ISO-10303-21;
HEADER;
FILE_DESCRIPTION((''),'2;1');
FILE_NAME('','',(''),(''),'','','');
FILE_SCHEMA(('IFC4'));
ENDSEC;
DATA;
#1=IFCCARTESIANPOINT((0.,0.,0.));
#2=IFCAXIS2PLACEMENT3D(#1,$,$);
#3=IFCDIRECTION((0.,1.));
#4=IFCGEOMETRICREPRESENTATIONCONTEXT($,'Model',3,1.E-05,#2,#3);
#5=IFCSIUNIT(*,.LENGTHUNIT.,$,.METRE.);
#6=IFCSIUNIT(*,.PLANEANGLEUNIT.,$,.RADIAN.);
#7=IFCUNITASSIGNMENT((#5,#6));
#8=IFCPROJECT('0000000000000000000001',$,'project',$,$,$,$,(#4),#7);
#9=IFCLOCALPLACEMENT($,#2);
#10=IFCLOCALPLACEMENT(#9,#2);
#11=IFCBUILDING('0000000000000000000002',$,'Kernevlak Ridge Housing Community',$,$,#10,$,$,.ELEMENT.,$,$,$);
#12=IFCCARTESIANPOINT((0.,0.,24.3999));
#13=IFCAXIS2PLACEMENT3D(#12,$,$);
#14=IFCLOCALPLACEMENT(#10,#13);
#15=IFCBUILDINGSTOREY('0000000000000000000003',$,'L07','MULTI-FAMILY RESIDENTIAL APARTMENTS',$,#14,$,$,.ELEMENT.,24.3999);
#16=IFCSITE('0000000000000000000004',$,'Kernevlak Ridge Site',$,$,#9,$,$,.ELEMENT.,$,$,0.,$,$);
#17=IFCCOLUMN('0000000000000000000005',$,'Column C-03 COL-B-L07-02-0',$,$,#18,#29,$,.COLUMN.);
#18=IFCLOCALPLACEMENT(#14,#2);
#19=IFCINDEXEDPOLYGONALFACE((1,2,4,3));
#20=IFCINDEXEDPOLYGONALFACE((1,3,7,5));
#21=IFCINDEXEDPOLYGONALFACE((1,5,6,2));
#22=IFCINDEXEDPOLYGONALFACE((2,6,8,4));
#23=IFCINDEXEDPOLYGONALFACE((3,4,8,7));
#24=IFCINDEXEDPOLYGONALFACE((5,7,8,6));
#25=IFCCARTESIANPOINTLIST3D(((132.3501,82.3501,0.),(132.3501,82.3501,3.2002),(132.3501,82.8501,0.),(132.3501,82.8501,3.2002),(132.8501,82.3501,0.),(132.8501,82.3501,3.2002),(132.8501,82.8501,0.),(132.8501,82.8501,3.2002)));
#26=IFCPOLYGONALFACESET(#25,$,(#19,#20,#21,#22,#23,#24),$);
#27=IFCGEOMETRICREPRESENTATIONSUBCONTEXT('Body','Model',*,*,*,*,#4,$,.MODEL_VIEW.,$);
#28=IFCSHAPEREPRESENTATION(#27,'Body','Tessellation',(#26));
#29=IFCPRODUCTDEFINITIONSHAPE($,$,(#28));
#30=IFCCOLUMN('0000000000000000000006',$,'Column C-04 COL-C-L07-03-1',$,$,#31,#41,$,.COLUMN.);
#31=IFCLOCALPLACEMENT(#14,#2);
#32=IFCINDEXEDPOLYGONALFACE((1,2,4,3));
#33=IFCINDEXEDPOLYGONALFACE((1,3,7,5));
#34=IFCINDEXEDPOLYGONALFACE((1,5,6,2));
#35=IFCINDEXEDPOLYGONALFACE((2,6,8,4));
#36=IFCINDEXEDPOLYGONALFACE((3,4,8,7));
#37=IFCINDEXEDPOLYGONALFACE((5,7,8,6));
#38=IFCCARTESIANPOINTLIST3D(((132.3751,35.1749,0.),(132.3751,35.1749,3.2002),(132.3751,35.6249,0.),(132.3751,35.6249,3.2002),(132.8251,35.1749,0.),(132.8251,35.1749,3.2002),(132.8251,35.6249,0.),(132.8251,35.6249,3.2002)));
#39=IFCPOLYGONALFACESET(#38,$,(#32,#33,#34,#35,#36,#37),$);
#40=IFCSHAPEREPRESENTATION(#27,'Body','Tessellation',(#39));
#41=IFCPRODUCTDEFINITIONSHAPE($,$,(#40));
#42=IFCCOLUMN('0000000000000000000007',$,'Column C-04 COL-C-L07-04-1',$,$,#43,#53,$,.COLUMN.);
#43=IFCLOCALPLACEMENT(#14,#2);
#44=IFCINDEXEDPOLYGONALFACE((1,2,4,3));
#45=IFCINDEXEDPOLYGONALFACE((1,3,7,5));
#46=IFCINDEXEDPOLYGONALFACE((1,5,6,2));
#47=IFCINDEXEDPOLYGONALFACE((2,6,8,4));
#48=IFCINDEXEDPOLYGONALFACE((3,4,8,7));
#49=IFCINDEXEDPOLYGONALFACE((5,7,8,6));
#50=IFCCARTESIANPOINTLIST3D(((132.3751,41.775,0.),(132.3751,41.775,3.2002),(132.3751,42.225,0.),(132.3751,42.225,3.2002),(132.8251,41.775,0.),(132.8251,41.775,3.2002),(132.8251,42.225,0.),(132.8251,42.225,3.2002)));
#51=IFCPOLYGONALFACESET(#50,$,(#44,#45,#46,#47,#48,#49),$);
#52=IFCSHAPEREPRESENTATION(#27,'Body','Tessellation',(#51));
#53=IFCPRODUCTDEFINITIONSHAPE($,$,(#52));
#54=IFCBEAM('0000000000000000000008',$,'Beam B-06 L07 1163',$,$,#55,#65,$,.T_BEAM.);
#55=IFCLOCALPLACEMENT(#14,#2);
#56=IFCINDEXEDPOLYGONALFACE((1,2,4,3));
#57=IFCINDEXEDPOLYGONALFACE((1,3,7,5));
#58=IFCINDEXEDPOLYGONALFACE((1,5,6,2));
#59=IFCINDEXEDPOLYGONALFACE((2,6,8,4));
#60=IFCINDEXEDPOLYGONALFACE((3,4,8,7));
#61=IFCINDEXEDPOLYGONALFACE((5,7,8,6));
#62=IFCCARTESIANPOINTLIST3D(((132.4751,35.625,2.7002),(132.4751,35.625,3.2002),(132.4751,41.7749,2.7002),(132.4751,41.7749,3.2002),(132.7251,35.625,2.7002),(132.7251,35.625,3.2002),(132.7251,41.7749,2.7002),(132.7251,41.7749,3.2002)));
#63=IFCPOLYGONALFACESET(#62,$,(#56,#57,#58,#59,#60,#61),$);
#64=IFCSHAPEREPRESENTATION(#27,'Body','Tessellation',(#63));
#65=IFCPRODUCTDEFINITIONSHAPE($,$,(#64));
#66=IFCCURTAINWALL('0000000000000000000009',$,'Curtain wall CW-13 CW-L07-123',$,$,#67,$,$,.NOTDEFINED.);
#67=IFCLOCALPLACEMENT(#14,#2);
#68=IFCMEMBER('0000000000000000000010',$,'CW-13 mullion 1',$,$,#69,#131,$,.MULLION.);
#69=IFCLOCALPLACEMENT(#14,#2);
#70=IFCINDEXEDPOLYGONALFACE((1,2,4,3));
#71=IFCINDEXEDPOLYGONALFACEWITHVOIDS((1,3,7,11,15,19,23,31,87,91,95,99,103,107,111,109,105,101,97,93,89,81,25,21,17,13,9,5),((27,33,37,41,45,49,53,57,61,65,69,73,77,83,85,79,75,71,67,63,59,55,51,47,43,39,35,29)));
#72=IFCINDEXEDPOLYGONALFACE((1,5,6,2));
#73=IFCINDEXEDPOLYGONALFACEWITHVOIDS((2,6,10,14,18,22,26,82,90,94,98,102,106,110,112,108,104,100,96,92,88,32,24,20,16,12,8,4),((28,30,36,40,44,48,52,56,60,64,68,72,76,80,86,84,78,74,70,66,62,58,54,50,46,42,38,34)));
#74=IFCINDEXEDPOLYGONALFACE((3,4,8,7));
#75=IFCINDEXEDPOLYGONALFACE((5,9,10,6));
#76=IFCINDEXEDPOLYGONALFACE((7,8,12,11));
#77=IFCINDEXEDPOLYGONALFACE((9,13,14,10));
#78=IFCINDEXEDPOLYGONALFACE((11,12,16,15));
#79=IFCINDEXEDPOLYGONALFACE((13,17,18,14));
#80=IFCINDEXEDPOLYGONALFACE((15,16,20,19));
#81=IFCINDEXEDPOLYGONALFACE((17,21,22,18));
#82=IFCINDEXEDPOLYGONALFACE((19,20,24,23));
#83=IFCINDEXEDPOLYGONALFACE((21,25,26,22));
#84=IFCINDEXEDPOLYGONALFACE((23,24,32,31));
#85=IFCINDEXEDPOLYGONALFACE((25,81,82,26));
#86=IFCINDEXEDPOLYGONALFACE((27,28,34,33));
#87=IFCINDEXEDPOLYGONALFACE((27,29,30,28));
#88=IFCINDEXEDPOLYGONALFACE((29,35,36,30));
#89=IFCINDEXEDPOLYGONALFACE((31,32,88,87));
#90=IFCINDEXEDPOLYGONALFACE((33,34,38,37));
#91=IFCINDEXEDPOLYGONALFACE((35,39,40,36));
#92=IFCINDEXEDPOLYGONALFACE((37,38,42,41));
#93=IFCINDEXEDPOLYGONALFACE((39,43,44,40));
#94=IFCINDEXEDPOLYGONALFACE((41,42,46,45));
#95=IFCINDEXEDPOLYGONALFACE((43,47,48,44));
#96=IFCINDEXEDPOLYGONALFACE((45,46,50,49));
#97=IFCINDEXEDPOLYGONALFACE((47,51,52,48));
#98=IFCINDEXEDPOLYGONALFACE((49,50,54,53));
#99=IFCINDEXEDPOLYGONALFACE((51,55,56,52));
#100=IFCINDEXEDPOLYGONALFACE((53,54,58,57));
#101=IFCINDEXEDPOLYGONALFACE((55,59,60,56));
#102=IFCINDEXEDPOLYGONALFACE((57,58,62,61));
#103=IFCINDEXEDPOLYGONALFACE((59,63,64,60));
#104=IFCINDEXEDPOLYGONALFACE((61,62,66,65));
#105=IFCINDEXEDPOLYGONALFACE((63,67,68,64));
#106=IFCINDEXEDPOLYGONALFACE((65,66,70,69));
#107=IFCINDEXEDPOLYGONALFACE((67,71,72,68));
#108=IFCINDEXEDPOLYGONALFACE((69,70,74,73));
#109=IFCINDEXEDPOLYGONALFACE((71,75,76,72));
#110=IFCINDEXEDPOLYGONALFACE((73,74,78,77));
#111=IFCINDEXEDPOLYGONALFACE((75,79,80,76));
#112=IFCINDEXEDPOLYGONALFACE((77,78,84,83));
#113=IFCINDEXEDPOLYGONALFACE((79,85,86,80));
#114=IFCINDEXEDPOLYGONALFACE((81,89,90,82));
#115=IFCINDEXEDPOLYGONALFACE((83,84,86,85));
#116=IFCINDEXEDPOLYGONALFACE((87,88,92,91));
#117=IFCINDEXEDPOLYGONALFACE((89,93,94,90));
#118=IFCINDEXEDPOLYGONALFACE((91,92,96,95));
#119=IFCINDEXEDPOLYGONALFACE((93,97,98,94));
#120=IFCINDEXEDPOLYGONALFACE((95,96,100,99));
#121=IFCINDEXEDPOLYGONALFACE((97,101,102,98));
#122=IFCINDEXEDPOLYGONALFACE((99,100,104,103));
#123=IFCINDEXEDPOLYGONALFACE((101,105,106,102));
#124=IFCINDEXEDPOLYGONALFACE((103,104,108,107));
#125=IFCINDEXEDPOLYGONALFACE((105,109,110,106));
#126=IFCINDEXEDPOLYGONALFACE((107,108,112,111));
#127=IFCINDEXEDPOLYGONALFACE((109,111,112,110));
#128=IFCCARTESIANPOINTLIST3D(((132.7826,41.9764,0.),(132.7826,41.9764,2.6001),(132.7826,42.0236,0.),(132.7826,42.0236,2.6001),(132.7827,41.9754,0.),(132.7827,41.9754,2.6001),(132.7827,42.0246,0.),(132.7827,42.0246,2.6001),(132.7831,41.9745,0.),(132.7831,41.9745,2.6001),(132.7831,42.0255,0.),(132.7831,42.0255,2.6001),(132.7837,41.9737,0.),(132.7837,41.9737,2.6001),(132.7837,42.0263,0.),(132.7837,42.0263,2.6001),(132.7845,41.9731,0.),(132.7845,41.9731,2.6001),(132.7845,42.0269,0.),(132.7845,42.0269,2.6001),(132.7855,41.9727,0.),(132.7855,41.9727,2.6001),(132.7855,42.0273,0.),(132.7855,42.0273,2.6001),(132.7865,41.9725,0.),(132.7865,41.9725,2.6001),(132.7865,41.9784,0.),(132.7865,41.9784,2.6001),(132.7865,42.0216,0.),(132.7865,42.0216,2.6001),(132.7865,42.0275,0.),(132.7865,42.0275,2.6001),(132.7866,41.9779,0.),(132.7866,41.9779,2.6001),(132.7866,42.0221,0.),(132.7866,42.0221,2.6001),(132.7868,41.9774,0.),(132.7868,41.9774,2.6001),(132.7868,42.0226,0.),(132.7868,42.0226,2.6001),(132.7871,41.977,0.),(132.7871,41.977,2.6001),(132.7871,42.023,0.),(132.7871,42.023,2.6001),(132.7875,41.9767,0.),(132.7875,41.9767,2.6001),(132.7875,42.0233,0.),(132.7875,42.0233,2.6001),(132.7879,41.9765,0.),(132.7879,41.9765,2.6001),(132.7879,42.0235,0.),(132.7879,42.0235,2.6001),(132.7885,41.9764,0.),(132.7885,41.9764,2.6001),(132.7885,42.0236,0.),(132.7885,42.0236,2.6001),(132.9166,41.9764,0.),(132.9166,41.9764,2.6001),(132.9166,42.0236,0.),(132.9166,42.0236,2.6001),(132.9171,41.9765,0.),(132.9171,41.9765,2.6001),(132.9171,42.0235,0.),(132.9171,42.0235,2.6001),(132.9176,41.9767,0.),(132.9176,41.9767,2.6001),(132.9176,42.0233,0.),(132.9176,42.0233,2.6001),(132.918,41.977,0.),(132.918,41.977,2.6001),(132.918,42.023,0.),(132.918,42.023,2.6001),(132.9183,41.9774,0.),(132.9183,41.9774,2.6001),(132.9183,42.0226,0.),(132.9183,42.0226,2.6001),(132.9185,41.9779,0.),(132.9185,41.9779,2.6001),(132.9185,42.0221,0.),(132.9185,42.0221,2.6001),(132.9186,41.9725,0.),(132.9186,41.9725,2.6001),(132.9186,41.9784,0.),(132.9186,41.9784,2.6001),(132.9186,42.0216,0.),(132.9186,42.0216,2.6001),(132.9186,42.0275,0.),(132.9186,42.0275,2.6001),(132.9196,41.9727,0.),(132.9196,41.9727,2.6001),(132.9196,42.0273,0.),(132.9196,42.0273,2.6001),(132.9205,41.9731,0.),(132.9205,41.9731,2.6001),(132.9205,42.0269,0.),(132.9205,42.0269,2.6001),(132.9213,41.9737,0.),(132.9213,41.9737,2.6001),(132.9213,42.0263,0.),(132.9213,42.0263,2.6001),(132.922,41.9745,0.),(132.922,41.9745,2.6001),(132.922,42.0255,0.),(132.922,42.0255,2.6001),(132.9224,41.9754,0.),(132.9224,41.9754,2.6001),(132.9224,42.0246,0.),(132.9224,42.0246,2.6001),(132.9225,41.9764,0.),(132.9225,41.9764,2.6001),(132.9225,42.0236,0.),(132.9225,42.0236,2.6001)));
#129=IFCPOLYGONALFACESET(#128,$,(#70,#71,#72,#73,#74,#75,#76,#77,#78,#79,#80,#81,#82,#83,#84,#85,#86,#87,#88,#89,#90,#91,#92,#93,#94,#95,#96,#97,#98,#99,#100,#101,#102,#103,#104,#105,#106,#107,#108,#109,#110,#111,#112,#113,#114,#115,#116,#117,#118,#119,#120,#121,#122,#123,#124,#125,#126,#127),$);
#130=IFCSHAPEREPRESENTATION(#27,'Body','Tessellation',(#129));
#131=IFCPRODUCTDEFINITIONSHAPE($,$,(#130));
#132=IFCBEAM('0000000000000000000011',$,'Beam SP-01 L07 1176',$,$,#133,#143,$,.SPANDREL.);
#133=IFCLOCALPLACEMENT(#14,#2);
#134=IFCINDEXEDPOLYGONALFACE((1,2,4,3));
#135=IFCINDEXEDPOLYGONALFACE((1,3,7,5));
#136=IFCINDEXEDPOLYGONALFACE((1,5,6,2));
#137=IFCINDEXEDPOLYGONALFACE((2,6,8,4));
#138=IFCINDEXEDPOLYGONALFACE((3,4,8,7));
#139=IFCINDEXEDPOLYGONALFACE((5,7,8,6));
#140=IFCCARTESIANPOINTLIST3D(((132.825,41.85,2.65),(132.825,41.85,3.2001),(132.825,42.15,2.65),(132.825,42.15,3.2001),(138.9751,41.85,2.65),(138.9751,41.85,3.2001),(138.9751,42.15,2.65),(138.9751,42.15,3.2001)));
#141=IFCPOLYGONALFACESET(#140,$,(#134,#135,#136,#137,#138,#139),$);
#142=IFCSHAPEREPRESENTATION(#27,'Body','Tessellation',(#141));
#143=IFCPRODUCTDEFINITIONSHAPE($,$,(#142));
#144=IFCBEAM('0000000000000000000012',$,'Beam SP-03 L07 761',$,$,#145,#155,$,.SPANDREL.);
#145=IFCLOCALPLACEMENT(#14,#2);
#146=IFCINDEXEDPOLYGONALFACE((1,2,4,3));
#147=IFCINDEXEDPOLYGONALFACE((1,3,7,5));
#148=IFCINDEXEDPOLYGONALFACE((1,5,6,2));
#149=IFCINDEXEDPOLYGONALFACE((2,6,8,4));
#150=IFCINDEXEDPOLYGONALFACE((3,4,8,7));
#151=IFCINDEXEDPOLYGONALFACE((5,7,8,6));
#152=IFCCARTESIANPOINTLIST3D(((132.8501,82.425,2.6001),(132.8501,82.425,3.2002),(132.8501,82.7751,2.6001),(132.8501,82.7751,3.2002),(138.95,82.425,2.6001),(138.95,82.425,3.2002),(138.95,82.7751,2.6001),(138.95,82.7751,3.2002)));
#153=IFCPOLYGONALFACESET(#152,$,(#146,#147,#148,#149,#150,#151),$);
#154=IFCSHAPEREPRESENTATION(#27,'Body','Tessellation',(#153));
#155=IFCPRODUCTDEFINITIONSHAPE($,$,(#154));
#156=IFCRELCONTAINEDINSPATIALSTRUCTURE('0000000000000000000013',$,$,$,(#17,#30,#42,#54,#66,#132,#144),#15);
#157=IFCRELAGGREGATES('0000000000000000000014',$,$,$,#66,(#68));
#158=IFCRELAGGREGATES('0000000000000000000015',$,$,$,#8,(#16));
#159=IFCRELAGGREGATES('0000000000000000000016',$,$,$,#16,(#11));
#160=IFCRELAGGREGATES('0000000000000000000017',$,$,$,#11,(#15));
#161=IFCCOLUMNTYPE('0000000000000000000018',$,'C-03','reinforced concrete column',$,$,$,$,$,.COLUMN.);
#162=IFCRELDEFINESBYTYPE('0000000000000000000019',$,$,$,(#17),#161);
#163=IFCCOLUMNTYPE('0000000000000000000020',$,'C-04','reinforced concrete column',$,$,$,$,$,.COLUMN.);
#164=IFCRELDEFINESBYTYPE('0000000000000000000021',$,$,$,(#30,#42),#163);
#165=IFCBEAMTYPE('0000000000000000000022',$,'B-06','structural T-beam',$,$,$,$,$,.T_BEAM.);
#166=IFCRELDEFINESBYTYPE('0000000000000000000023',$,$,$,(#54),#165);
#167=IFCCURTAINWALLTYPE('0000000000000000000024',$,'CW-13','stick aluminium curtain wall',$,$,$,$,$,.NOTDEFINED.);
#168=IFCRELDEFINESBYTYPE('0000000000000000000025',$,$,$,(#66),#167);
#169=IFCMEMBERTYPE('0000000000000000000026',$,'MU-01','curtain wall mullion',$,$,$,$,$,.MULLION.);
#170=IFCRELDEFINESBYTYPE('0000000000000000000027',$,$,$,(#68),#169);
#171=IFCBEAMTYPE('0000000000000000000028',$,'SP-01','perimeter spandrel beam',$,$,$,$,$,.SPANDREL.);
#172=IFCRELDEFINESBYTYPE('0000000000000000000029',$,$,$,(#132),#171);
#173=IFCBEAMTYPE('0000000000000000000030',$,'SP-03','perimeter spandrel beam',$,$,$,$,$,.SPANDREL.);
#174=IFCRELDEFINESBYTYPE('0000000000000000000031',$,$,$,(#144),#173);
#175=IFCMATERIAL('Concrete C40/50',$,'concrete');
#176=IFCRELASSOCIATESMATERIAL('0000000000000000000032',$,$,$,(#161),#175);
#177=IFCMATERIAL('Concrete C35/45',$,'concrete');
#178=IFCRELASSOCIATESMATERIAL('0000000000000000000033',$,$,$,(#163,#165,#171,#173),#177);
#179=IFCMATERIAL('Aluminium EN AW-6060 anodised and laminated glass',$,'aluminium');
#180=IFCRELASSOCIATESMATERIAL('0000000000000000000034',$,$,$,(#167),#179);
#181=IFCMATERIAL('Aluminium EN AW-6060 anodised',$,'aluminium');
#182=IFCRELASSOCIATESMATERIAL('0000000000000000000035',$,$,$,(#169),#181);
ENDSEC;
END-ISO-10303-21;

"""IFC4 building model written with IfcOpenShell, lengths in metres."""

from ifc_helpers import new_model, si_unit, direction, frame, origin, origin_2d, place, context, subcontext, project, spatial, rectangle, hollow_rectangle, extrude, material, material_profile, profile_set, type_object, element, aggregate, save


model = new_model("IFC4")

# Units and contexts
model_context = context("Model", 3, precision=1e-05, world=origin(), true_north=direction((0.0, 1.0)))
body_context = subcontext(model_context, "Body", "Model", "MODEL_VIEW")
ifc_project = project(units=[si_unit("LENGTHUNIT", "METRE"), si_unit("PLANEANGLEUNIT", "RADIAN")], contexts=[model_context])

# Site, building, storey
site_placement = place(None, origin())
site = spatial("IfcSite", under=ifc_project, at=site_placement, Name="Kernevlak Ridge Site", CompositionType="ELEMENT", RefElevation=0.0)
building_placement = place(site_placement, origin())
building = spatial("IfcBuilding", under=site, at=building_placement, Name="Kernevlak Ridge Housing Community", CompositionType="ELEMENT")
storey_placement = place(building_placement, frame((0.0, 0.0, 24.3999)))
storey = spatial("IfcBuildingStorey", under=building, at=storey_placement, Name="L07", Description="MULTI-FAMILY RESIDENTIAL APARTMENTS", CompositionType="ELEMENT", Elevation=24.3999)

# Columns
ifc_material_1 = material(Name="Concrete C40/50", Category="concrete")
ifc_material_profile_1 = material_profile(ifc_material_1, rectangle(XDim=0.5, YDim=0.5, at=origin_2d()), Name="RC 500x500")
ifc_profile_set_1 = profile_set([ifc_material_profile_1], Name="Concrete C40/50")
column_type_1 = type_object("IfcColumnType", Name="C-03", Description="reinforced concrete column", PredefinedType="COLUMN", material=ifc_profile_set_1)
column_placement = place(storey_placement, frame((132.6001, 82.6001, 0.0), z_axis=(0.0, 0.0, 1.0), x_axis=(1.0, 0.0, 0.0)))
element("IfcColumn", 1, at=column_placement, inside=storey, type_object=column_type_1, Name="Column C-03 COL-B-L07-02-0", PredefinedType="COLUMN", context=body_context, shape_type="SweptSolid", body=[
    extrude(rectangle(XDim=0.5, YDim=0.5, at=origin_2d()), origin(), (0.0, 0.0, 1.0), 3.2002),
])
ifc_material_2 = material(Name="Concrete C35/45", Category="concrete")
ifc_material_profile_2 = material_profile(ifc_material_2, rectangle(XDim=0.45, YDim=0.45, at=origin_2d()), Name="RC 450x450")
ifc_profile_set_2 = profile_set([ifc_material_profile_2], Name="Concrete C35/45")
column_type_2 = type_object("IfcColumnType", Name="C-04", Description="reinforced concrete column", PredefinedType="COLUMN", material=ifc_profile_set_2)
for number, where, z_axis, x_axis, name in (
    (2, (132.6001, 35.3999, 0.0), (0.0, 0.0, 1.0), (1.0, 0.0, 0.0), "Column C-04 COL-C-L07-03-1"),
    (3, (132.6001, 42.0, 0.0), (0.0, 0.0, 1.0), (1.0, 0.0, 0.0), "Column C-04 COL-C-L07-04-1"),
):
    element("IfcColumn", number, at=place(storey_placement, frame(where, z_axis=z_axis, x_axis=x_axis)), inside=storey, type_object=column_type_2, Name=name, PredefinedType="COLUMN", context=body_context, shape_type="SweptSolid", body=[
        extrude(rectangle(XDim=0.45, YDim=0.45, at=origin_2d()), origin(), (0.0, 0.0, 1.0), 3.2002),
    ])

# Beam
ifc_material_profile_3 = material_profile(ifc_material_2, rectangle(XDim=0.25, YDim=0.5, at=origin_2d()), Name="RC 250x500")
ifc_profile_set_3 = profile_set([ifc_material_profile_3], Name="Concrete C35/45")
beam_type_1 = type_object("IfcBeamType", Name="B-06", Description="structural T-beam", PredefinedType="T_BEAM", material=ifc_profile_set_3)
beam_1_placement = place(storey_placement, frame((132.6001, 35.625, 2.9502), z_axis=(0.0, 1.0, 0.0), x_axis=(-1.0, 0.0, 0.0)))
element("IfcBeam", 4, at=beam_1_placement, inside=storey, type_object=beam_type_1, Name="Beam B-06 L07 1163", PredefinedType="T_BEAM", context=body_context, shape_type="SweptSolid", body=[
    extrude(rectangle(XDim=0.25, YDim=0.5, at=origin_2d()), origin(), (0.0, 0.0, 1.0), 6.1499),
])

# Curtain wall, member
ifc_material_3 = material(Name="Aluminium EN AW-6060 anodised and laminated glass", Category="aluminium")
curtain_wall_type = type_object("IfcCurtainWallType", Name="CW-13", Description="stick aluminium curtain wall", PredefinedType="NOTDEFINED", material=ifc_material_3)
curtain_wall_placement = place(storey_placement, origin())
curtain_wall = element("IfcCurtainWall", 5, at=curtain_wall_placement, inside=storey, type_object=curtain_wall_type, Name="Curtain wall CW-13 CW-L07-123", PredefinedType="NOTDEFINED")
ifc_material_4 = material(Name="Aluminium EN AW-6060 anodised", Category="aluminium")
ifc_material_profile_4 = material_profile(ifc_material_4, hollow_rectangle(XDim=0.0549, YDim=0.1399, WallThickness=0.0039, InnerFilletRadius=0.002, OuterFilletRadius=0.0039, at=origin_2d()), Name="ALU 55x140x4")
ifc_profile_set_4 = profile_set([ifc_material_profile_4], Name="Aluminium EN AW-6060 anodised")
member_type_1 = type_object("IfcMemberType", Name="MU-01", Description="curtain wall mullion", PredefinedType="MULLION", material=ifc_profile_set_4)
member_1_placement = place(storey_placement, frame((132.8525, 42.0, 0.0), z_axis=(0.0, 0.0, 1.0), x_axis=(0.0, 1.0, 0.0)))
member_1 = element("IfcMember", 6, at=member_1_placement, type_object=member_type_1, Name="CW-13 mullion 1", PredefinedType="MULLION", context=body_context, shape_type="SweptSolid", body=[
    extrude(hollow_rectangle(XDim=0.0549, YDim=0.1399, WallThickness=0.0039, InnerFilletRadius=0.002, OuterFilletRadius=0.0039, at=origin_2d()), origin(), (0.0, 0.0, 1.0), 2.6001),
])

# Beams
ifc_material_profile_5 = material_profile(ifc_material_2, rectangle(XDim=0.3, YDim=0.55, at=origin_2d()), Name="RC 300x550")
ifc_profile_set_5 = profile_set([ifc_material_profile_5], Name="Concrete C35/45")
beam_type_2 = type_object("IfcBeamType", Name="SP-01", Description="perimeter spandrel beam", PredefinedType="SPANDREL", material=ifc_profile_set_5)
beam_2_placement = place(storey_placement, frame((132.825, 42.0, 2.925), z_axis=(1.0, 0.0, 0.0), x_axis=(0.0, 1.0, 0.0)))
element("IfcBeam", 7, at=beam_2_placement, inside=storey, type_object=beam_type_2, Name="Beam SP-01 L07 1176", PredefinedType="SPANDREL", context=body_context, shape_type="SweptSolid", body=[
    extrude(rectangle(XDim=0.3, YDim=0.55, at=origin_2d()), origin(), (0.0, 0.0, 1.0), 6.1501),
])
ifc_material_profile_6 = material_profile(ifc_material_2, rectangle(XDim=0.3501, YDim=0.6001, at=origin_2d()), Name="RC 350x600")
ifc_profile_set_6 = profile_set([ifc_material_profile_6], Name="Concrete C35/45")
beam_type_3 = type_object("IfcBeamType", Name="SP-03", Description="perimeter spandrel beam", PredefinedType="SPANDREL", material=ifc_profile_set_6)
beam_3_placement = place(storey_placement, frame((132.8501, 82.6001, 2.9001), z_axis=(1.0, 0.0, 0.0), x_axis=(0.0, 1.0, 0.0)))
element("IfcBeam", 8, at=beam_3_placement, inside=storey, type_object=beam_type_3, Name="Beam SP-03 L07 761", PredefinedType="SPANDREL", context=body_context, shape_type="SweptSolid", body=[
    extrude(rectangle(XDim=0.3501, YDim=0.6001, at=origin_2d()), origin(), (0.0, 0.0, 1.0), 6.0999),
])

aggregate(curtain_wall, [member_1])

save(model, "model.ifc")
